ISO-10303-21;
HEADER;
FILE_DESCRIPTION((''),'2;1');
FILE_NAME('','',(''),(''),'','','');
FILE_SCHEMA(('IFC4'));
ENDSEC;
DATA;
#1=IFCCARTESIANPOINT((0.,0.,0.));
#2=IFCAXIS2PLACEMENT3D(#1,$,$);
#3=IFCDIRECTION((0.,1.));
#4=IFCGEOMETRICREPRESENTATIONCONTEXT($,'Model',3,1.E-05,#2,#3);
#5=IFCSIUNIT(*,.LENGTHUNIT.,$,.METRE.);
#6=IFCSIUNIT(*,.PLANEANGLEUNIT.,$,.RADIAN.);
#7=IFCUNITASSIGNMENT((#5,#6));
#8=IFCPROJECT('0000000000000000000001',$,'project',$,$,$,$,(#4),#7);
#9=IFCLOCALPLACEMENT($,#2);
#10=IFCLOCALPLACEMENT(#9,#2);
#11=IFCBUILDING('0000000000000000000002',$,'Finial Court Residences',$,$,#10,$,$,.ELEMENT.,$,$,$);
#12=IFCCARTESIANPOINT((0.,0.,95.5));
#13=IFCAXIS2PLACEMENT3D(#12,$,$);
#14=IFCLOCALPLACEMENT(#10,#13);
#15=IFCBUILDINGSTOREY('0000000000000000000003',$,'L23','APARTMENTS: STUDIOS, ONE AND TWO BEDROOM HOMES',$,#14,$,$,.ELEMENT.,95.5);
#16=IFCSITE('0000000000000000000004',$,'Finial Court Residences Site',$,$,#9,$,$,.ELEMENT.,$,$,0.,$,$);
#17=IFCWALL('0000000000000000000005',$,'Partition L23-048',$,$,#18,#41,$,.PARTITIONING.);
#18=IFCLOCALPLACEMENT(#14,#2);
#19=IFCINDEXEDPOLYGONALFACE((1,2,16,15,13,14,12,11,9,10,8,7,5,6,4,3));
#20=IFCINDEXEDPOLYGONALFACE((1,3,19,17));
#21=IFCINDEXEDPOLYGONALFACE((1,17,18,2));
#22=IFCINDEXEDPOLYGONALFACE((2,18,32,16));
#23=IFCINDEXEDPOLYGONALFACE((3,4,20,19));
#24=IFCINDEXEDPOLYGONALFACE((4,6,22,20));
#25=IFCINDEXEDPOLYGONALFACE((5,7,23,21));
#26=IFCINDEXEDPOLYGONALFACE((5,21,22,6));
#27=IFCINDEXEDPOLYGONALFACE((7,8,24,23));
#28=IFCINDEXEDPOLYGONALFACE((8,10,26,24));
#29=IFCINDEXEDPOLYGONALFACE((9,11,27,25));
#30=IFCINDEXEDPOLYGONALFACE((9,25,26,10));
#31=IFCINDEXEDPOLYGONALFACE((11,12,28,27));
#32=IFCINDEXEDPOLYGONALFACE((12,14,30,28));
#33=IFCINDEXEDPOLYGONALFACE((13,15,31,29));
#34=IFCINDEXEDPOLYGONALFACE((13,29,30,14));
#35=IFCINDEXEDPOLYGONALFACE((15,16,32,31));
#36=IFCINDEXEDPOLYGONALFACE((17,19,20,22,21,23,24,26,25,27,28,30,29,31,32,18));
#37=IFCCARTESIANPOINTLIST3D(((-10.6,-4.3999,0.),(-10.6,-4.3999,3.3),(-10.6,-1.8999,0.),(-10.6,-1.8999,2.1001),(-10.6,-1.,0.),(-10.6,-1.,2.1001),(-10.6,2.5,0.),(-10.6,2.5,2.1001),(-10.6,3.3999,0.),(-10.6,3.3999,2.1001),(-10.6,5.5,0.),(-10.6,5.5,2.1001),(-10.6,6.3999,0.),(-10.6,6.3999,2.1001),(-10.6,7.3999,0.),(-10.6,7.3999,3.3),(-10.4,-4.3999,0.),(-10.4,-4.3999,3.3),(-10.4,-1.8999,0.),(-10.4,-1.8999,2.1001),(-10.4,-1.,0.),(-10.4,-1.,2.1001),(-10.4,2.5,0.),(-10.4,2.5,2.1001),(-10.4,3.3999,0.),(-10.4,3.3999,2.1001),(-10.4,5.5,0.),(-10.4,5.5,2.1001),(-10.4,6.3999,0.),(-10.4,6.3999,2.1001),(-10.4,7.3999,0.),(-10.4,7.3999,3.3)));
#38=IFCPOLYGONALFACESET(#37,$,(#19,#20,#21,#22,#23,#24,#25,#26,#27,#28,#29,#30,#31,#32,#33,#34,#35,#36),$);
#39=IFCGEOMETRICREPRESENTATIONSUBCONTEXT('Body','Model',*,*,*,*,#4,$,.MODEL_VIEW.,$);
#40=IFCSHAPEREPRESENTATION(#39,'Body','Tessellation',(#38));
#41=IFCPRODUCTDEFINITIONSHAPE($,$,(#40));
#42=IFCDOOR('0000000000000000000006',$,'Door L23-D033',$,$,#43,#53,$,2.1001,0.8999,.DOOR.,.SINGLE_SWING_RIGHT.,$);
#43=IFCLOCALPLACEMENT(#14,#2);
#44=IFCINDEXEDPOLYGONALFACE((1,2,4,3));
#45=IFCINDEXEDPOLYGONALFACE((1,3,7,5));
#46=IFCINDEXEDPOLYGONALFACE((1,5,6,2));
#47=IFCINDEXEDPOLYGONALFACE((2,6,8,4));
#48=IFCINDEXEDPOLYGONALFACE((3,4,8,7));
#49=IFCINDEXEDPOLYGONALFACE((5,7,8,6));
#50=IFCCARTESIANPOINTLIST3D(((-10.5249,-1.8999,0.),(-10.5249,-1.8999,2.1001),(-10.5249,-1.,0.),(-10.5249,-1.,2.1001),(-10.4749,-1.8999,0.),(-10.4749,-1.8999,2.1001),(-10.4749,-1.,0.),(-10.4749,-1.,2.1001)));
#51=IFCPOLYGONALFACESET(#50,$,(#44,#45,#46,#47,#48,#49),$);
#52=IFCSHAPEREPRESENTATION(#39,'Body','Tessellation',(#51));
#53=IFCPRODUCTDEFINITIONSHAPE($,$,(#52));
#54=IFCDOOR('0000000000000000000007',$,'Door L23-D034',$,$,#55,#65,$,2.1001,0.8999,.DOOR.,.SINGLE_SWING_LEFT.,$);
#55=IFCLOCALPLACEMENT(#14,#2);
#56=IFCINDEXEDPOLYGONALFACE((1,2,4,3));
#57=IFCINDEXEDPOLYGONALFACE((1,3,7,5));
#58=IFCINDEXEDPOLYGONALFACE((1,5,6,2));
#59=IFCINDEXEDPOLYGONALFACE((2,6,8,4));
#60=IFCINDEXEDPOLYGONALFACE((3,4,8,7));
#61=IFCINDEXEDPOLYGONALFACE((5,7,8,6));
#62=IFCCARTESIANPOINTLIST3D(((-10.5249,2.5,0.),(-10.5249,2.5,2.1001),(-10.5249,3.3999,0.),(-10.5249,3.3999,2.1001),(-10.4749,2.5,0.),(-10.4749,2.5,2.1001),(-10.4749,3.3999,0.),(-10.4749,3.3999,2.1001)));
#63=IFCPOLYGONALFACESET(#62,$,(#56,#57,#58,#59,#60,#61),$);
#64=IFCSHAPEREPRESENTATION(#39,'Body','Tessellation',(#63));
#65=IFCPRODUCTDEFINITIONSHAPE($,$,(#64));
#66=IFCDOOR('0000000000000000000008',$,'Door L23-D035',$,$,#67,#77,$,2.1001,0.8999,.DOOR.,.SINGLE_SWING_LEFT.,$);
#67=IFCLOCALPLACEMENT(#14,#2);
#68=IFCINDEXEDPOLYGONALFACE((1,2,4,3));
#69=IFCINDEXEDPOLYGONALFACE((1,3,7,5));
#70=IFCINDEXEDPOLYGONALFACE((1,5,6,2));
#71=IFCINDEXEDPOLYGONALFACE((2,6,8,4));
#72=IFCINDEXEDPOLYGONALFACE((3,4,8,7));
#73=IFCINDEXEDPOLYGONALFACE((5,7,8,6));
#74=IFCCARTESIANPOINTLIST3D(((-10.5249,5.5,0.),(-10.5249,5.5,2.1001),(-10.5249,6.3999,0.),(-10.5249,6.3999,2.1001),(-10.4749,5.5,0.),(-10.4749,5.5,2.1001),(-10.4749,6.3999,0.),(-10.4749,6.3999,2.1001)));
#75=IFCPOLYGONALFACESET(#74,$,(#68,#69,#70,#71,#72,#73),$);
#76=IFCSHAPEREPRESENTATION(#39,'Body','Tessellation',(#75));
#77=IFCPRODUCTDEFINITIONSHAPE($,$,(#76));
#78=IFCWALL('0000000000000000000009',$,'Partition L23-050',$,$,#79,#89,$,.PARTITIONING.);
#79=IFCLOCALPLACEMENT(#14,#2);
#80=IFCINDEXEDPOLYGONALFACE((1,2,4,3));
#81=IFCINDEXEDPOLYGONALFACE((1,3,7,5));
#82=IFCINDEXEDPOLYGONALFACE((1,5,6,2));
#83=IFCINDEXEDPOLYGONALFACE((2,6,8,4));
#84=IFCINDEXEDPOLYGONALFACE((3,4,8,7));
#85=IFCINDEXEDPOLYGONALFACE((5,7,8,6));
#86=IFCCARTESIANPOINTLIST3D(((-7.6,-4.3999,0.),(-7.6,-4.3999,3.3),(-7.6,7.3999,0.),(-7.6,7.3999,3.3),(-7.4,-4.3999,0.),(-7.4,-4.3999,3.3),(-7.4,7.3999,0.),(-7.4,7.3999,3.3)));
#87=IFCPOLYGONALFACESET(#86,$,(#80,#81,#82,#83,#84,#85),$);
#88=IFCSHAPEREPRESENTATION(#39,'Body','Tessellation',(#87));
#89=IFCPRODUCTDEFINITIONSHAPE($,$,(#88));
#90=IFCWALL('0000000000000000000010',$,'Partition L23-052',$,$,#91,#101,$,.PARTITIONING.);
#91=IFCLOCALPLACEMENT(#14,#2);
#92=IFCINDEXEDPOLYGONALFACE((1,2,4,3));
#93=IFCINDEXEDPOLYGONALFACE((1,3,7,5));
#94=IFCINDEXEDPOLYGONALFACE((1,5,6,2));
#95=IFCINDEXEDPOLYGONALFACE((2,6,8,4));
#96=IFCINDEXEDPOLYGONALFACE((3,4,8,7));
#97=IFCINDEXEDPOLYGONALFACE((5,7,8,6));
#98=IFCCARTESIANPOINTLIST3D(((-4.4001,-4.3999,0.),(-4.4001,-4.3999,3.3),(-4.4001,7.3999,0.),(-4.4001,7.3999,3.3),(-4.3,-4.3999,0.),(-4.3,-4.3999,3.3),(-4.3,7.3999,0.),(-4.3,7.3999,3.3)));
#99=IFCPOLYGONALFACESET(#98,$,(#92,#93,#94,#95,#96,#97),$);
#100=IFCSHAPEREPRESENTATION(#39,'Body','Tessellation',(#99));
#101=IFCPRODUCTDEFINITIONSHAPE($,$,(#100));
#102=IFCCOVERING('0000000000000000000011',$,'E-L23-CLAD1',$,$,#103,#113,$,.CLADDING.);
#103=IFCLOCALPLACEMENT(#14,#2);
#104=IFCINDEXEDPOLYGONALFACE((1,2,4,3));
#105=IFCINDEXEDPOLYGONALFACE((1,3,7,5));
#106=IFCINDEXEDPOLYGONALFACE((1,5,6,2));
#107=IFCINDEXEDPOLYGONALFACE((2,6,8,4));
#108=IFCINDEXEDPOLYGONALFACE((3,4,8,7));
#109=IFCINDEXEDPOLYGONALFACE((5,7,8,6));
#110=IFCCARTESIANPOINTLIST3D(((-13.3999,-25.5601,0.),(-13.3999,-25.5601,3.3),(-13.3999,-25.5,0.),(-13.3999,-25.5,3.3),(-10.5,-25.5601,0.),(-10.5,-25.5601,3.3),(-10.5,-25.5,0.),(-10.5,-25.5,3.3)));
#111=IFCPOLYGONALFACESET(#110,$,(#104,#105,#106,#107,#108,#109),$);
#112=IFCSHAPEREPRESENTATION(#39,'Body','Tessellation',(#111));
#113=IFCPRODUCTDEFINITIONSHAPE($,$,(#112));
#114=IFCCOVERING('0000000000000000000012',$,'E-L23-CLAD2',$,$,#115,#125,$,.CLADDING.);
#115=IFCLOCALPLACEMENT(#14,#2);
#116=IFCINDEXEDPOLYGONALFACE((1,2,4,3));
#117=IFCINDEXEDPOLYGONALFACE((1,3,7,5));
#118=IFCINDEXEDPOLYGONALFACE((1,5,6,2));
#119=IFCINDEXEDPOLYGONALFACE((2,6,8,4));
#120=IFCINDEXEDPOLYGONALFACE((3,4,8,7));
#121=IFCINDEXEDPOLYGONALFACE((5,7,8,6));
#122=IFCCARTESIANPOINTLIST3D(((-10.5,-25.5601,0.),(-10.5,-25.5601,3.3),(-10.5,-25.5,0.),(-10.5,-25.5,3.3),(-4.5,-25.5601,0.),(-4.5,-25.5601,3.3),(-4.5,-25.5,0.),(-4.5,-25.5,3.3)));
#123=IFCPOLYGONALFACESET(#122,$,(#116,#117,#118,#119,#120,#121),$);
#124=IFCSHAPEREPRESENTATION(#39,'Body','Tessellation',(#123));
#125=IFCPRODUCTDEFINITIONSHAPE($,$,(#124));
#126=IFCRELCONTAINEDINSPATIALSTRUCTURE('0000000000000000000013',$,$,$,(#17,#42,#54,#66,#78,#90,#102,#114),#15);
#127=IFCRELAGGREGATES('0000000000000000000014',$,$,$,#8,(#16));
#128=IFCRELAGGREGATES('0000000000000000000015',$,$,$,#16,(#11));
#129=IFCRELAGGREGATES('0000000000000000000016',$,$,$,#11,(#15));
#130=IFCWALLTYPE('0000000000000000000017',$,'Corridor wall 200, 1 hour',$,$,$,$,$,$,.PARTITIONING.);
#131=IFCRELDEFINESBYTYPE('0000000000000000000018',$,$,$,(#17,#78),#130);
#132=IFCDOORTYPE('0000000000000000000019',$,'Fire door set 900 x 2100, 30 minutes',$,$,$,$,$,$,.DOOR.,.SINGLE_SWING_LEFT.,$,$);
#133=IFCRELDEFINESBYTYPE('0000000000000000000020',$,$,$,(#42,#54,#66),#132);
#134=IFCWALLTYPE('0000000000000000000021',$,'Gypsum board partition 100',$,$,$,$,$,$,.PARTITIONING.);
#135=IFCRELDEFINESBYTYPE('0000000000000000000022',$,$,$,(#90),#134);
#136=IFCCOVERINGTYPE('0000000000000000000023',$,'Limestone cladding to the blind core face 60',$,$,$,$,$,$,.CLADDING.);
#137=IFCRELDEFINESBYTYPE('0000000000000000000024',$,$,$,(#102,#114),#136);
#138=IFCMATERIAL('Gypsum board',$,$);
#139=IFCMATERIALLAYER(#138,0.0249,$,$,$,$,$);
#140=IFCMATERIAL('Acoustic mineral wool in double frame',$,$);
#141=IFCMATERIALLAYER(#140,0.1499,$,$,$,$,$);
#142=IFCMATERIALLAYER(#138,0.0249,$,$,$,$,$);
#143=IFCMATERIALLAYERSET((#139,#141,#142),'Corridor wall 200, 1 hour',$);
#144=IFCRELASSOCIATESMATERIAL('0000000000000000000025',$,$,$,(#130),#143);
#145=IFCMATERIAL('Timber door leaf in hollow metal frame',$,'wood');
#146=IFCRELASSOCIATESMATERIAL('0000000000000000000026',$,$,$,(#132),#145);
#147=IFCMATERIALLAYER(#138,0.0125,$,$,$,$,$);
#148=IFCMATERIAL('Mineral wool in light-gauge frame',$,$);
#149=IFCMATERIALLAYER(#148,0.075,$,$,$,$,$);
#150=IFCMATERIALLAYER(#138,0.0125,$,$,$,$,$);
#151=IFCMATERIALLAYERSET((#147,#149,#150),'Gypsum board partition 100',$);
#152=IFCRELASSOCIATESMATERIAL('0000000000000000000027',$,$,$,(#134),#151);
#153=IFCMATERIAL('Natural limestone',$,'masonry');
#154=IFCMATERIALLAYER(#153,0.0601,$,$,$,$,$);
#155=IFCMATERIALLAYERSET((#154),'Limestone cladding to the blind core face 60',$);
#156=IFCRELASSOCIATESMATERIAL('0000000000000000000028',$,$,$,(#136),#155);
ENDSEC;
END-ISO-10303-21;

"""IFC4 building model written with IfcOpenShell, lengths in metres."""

from ifc_helpers import new_model, si_unit, direction, frame, frame_2d, origin, place, context, subcontext, project, spatial, polyline, rectangle, outline, extrude, material, layer, layer_set, type_object, element, fill, save


model = new_model("IFC4")

# Units and contexts
model_context = context("Model", 3, precision=1e-05, world=origin(), true_north=direction((0.0, 1.0)))
body_context = subcontext(model_context, "Body", "Model", "MODEL_VIEW")
ifc_project = project(units=[si_unit("LENGTHUNIT", "METRE"), si_unit("PLANEANGLEUNIT", "RADIAN")], contexts=[model_context])

# Site, building, storey
site_placement = place(None, origin())
site = spatial("IfcSite", under=ifc_project, at=site_placement, Name="Finial Court Residences Site", CompositionType="ELEMENT", RefElevation=0.0)
building_placement = place(site_placement, origin())
building = spatial("IfcBuilding", under=site, at=building_placement, Name="Finial Court Residences", CompositionType="ELEMENT")
storey_placement = place(building_placement, frame((0.0, 0.0, 95.5)))
storey = spatial("IfcBuildingStorey", under=building, at=storey_placement, Name="L23", Description="APARTMENTS: STUDIOS, ONE AND TWO BEDROOM HOMES", CompositionType="ELEMENT", Elevation=95.5)

# Wall, openings, doors
ifc_material_1 = material(Name="Gypsum board")
ifc_layer_1 = layer(ifc_material_1, 0.0249)
ifc_material_2 = material(Name="Acoustic mineral wool in double frame")
ifc_layer_2 = layer(ifc_material_2, 0.1499)
ifc_layer_3 = layer(ifc_material_1, 0.0249)
ifc_layer_set_1 = layer_set([ifc_layer_1, ifc_layer_2, ifc_layer_3], Name="Corridor wall 200, 1 hour")
wall_type_1 = type_object("IfcWallType", Name="Corridor wall 200, 1 hour", PredefinedType="PARTITIONING", material=ifc_layer_set_1)
ifc_material_3 = material(Name="Timber door leaf in hollow metal frame", Category="wood")
door_type_1 = type_object("IfcDoorType", Name="Fire door set 900 x 2100, 30 minutes", OperationType="SINGLE_SWING_LEFT", PredefinedType="DOOR", material=ifc_material_3)
wall_1_placement = place(storey_placement, frame((-10.5, -4.3999, 0.0), z_axis=(0.0, 0.0, 1.0), x_axis=(0.0, 1.0, 0.0)))
wall_1 = element("IfcWall", 1, at=wall_1_placement, inside=storey, type_object=wall_type_1, Name="Partition L23-048", PredefinedType="PARTITIONING", context=body_context, shape_type="SweptSolid", body=[
    extrude(rectangle(XDim=11.7998, YDim=0.2, at=frame_2d((5.8999, 0.0))), origin(), (0.0, 0.0, 1.0), 3.3),
])
opening_1_placement = place(wall_1_placement, frame((2.5, 0.0, 0.0)))
opening_1 = element("IfcOpeningElement", 2, at=opening_1_placement, cuts=wall_1, PredefinedType="OPENING", context=body_context, shape_type="SweptSolid", body=[
    extrude(rectangle(XDim=0.8999, YDim=2.1001, at=frame_2d((0.45, 1.05))), frame((0.0, 0.1099, 0.0), z_axis=(0.0, -1.0, 0.0), x_axis=(1.0, 0.0, 0.0)), (0.0, 0.0, 1.0), 0.22),
])
opening_2_placement = place(wall_1_placement, frame((6.8999, 0.0, 0.0)))
opening_2 = element("IfcOpeningElement", 3, at=opening_2_placement, cuts=wall_1, PredefinedType="OPENING", context=body_context, shape_type="SweptSolid", body=[
    extrude(rectangle(XDim=0.8999, YDim=2.1001, at=frame_2d((0.45, 1.05))), frame((0.0, 0.1099, 0.0), z_axis=(0.0, -1.0, 0.0), x_axis=(1.0, 0.0, 0.0)), (0.0, 0.0, 1.0), 0.22),
])
opening_3_placement = place(wall_1_placement, frame((9.8999, 0.0, 0.0)))
opening_3 = element("IfcOpeningElement", 4, at=opening_3_placement, cuts=wall_1, PredefinedType="OPENING", context=body_context, shape_type="SweptSolid", body=[
    extrude(rectangle(XDim=0.8999, YDim=2.1001, at=frame_2d((0.45, 1.05))), frame((0.0, 0.1099, 0.0), z_axis=(0.0, -1.0, 0.0), x_axis=(1.0, 0.0, 0.0)), (0.0, 0.0, 1.0), 0.22),
])
door_1_placement = place(opening_1_placement, origin())
door_1 = element("IfcDoor", 5, at=door_1_placement, inside=storey, type_object=door_type_1, Name="Door L23-D033", OperationType="SINGLE_SWING_RIGHT", OverallHeight=2.1001, OverallWidth=0.8999, PredefinedType="DOOR", context=body_context, shape_type="SweptSolid", body=[
    extrude(rectangle(XDim=0.8999, YDim=2.1001, at=frame_2d((0.45, 1.05))), frame((0.0, 0.0249, 0.0), z_axis=(0.0, -1.0, 0.0), x_axis=(1.0, 0.0, 0.0)), (0.0, 0.0, 1.0), 0.05),
])
fill(opening_1, door_1)
door_2_placement = place(opening_2_placement, origin())
door_2 = element("IfcDoor", 6, at=door_2_placement, inside=storey, type_object=door_type_1, Name="Door L23-D034", OperationType="SINGLE_SWING_LEFT", OverallHeight=2.1001, OverallWidth=0.8999, PredefinedType="DOOR", context=body_context, shape_type="SweptSolid", body=[
    extrude(rectangle(XDim=0.8999, YDim=2.1001, at=frame_2d((0.45, 1.05))), frame((0.0, 0.0249, 0.0), z_axis=(0.0, -1.0, 0.0), x_axis=(1.0, 0.0, 0.0)), (0.0, 0.0, 1.0), 0.05),
])
fill(opening_2, door_2)
door_3_placement = place(opening_3_placement, origin())
door_3 = element("IfcDoor", 7, at=door_3_placement, inside=storey, type_object=door_type_1, Name="Door L23-D035", OperationType="SINGLE_SWING_LEFT", OverallHeight=2.1001, OverallWidth=0.8999, PredefinedType="DOOR", context=body_context, shape_type="SweptSolid", body=[
    extrude(rectangle(XDim=0.8999, YDim=2.1001, at=frame_2d((0.45, 1.05))), frame((0.0, 0.0249, 0.0), z_axis=(0.0, -1.0, 0.0), x_axis=(1.0, 0.0, 0.0)), (0.0, 0.0, 1.0), 0.05),
])
fill(opening_3, door_3)

# Walls
wall_2_placement = place(storey_placement, frame((-7.5, -4.3999, 0.0), z_axis=(0.0, 0.0, 1.0), x_axis=(0.0, 1.0, 0.0)))
element("IfcWall", 8, at=wall_2_placement, inside=storey, type_object=wall_type_1, Name="Partition L23-050", PredefinedType="PARTITIONING", context=body_context, shape_type="SweptSolid", body=[
    extrude(rectangle(XDim=11.7998, YDim=0.2, at=frame_2d((5.8999, 0.0))), origin(), (0.0, 0.0, 1.0), 3.3),
])
ifc_layer_4 = layer(ifc_material_1, 0.0125)
ifc_material_4 = material(Name="Mineral wool in light-gauge frame")
ifc_layer_5 = layer(ifc_material_4, 0.075)
ifc_layer_6 = layer(ifc_material_1, 0.0125)
ifc_layer_set_2 = layer_set([ifc_layer_4, ifc_layer_5, ifc_layer_6], Name="Gypsum board partition 100")
wall_type_2 = type_object("IfcWallType", Name="Gypsum board partition 100", PredefinedType="PARTITIONING", material=ifc_layer_set_2)
wall_3_placement = place(storey_placement, frame((-4.3501, -4.3999, 0.0), z_axis=(0.0, 0.0, 1.0), x_axis=(0.0, 1.0, 0.0)))
element("IfcWall", 9, at=wall_3_placement, inside=storey, type_object=wall_type_2, Name="Partition L23-052", PredefinedType="PARTITIONING", context=body_context, shape_type="SweptSolid", body=[
    extrude(rectangle(XDim=11.7998, YDim=0.1001, at=frame_2d((5.8999, 0.0))), origin(), (0.0, 0.0, 1.0), 3.3),
])

# Coverings
ifc_material_5 = material(Name="Natural limestone", Category="masonry")
ifc_layer_7 = layer(ifc_material_5, 0.0601)
ifc_layer_set_3 = layer_set([ifc_layer_7], Name="Limestone cladding to the blind core face 60")
covering_type = type_object("IfcCoveringType", Name="Limestone cladding to the blind core face 60", PredefinedType="CLADDING", material=ifc_layer_set_3)
covering_1_placement = place(storey_placement, origin())
element("IfcCovering", 10, at=covering_1_placement, inside=storey, type_object=covering_type, Name="E-L23-CLAD1", PredefinedType="CLADDING", context=body_context, shape_type="SweptSolid", body=[
    extrude(outline(polyline([(-10.5, -25.5601), (-10.5, -25.5), (-13.3999, -25.5), (-13.3999, -25.5601), (-10.5, -25.5601)])), origin(), (0.0, 0.0, 1.0), 3.3),
])
covering_2_placement = place(storey_placement, origin())
element("IfcCovering", 11, at=covering_2_placement, inside=storey, type_object=covering_type, Name="E-L23-CLAD2", PredefinedType="CLADDING", context=body_context, shape_type="SweptSolid", body=[
    extrude(outline(polyline([(-4.5, -25.5601), (-4.5, -25.5), (-10.5, -25.5), (-10.5, -25.5601), (-4.5, -25.5601)])), origin(), (0.0, 0.0, 1.0), 3.3),
])

save(model, "model.ifc")
